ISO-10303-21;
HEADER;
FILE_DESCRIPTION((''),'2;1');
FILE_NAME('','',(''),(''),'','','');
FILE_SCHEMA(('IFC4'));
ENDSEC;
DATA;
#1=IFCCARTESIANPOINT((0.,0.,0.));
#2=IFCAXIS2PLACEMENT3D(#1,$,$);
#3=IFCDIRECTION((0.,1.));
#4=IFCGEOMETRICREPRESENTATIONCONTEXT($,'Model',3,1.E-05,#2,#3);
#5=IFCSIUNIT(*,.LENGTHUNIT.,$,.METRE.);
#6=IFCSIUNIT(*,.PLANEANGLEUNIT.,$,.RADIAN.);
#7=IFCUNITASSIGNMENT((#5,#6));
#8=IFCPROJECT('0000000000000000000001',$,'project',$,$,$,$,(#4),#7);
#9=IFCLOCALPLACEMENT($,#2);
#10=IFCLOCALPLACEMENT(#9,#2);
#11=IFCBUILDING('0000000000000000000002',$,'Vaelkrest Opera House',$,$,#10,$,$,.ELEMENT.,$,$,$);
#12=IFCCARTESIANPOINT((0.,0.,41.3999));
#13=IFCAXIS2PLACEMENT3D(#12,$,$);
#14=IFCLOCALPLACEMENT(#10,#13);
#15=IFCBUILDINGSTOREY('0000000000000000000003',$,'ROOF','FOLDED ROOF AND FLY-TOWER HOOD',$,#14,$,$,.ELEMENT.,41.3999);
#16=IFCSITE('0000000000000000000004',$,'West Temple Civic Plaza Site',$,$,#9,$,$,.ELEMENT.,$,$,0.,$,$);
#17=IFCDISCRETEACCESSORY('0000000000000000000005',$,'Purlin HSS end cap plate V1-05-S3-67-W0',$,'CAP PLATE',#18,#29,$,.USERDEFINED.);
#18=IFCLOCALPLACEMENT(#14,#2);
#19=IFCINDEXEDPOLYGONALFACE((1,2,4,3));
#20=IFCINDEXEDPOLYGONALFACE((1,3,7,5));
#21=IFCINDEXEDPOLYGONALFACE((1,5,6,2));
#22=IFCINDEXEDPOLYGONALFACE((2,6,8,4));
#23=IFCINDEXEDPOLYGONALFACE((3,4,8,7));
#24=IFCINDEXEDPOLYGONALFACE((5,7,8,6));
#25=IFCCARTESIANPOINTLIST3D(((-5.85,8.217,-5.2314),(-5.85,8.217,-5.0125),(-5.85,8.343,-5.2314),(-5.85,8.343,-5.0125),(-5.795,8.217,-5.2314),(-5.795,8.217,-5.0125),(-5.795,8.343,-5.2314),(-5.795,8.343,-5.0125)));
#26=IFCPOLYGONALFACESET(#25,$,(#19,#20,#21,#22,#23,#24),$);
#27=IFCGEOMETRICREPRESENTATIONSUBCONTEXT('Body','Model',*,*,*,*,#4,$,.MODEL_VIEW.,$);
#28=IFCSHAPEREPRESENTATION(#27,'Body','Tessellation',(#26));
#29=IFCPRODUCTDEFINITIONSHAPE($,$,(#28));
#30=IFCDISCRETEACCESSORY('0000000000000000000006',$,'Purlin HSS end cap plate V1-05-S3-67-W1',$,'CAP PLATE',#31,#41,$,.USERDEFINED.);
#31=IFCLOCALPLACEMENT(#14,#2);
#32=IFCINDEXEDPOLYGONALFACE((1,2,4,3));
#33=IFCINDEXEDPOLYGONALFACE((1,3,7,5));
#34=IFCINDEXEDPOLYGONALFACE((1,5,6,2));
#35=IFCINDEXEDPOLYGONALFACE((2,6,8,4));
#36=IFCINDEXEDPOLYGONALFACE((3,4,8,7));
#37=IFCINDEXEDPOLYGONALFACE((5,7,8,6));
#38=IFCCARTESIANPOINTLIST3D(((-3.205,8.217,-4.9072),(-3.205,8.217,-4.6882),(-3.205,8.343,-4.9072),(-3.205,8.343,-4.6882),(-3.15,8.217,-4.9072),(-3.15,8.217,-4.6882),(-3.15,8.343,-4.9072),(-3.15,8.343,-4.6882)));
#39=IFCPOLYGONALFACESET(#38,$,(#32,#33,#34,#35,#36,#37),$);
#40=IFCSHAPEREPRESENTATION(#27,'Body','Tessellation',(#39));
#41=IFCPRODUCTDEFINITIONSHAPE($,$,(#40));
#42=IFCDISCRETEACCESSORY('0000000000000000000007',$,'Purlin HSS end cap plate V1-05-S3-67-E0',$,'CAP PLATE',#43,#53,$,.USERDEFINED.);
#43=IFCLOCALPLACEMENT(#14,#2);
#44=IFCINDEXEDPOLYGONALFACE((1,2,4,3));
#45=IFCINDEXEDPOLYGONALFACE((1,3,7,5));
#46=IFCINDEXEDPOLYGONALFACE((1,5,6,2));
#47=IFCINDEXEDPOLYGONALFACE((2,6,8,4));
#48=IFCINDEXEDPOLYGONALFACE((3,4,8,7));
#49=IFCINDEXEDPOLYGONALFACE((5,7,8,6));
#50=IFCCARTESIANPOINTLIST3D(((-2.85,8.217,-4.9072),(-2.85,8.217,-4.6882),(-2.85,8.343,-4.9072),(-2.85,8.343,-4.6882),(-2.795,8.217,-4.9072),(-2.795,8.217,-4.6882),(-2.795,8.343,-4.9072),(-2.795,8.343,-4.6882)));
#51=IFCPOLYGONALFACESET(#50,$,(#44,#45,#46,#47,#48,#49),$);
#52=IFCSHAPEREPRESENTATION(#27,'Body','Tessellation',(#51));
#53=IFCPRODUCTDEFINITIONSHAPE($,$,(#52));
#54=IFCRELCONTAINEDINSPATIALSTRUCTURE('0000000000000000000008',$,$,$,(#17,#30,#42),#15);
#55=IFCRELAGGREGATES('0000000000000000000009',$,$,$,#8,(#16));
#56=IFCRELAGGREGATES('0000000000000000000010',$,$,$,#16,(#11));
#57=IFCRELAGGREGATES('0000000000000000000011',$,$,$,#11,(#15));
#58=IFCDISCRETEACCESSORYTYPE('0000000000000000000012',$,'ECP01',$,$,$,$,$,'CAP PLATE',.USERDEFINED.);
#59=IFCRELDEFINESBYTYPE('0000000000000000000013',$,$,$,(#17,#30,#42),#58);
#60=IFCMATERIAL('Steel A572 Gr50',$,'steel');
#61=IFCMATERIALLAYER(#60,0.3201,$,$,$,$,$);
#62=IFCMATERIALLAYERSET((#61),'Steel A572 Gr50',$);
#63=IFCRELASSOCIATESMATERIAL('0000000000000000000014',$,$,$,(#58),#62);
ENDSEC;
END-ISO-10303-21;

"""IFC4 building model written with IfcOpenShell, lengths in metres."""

from ifc_helpers import new_model, si_unit, direction, frame, origin, origin_2d, place, context, subcontext, project, spatial, rectangle, extrude, material, layer, layer_set, type_object, element, save


model = new_model("IFC4")

# Units and contexts
model_context = context("Model", 3, precision=1e-05, world=origin(), true_north=direction((0.0, 1.0)))
body_context = subcontext(model_context, "Body", "Model", "MODEL_VIEW")
ifc_project = project(units=[si_unit("LENGTHUNIT", "METRE"), si_unit("PLANEANGLEUNIT", "RADIAN")], contexts=[model_context])

# Site, building, storey
site_placement = place(None, origin())
site = spatial("IfcSite", under=ifc_project, at=site_placement, Name="West Temple Civic Plaza Site", CompositionType="ELEMENT", RefElevation=0.0)
building_placement = place(site_placement, origin())
building = spatial("IfcBuilding", under=site, at=building_placement, Name="Vaelkrest Opera House", CompositionType="ELEMENT")
storey_placement = place(building_placement, frame((0.0, 0.0, 41.3999)))
storey = spatial("IfcBuildingStorey", under=building, at=storey_placement, Name="ROOF", Description="FOLDED ROOF AND FLY-TOWER HOOD", CompositionType="ELEMENT", Elevation=41.3999)

# Shared definitions
ifc_material_1 = material(Name="Steel A572 Gr50", Category="steel")

# Discrete accessories
ifc_layer_1 = layer(ifc_material_1, 0.3201)
ifc_layer_set_1 = layer_set([ifc_layer_1], Name="Steel A572 Gr50")
discrete_accessory_type = type_object("IfcDiscreteAccessoryType", Name="ECP01", ElementType="CAP PLATE", PredefinedType="USERDEFINED", material=ifc_layer_set_1)
for number, where, z_axis, x_axis, name in (
    (1, (-5.8225, 8.28, -5.2314), (0.0, 0.0, 1.0), (1.0, 0.0, 0.0), "Purlin HSS end cap plate V1-05-S3-67-W0"),
    (2, (-3.1775, 8.28, -4.9072), (0.0, 0.0, 1.0), (1.0, 0.0, 0.0), "Purlin HSS end cap plate V1-05-S3-67-W1"),
    (3, (-2.8225, 8.28, -4.9072), (0.0, 0.0, 1.0), (1.0, 0.0, 0.0), "Purlin HSS end cap plate V1-05-S3-67-E0"),
):
    element("IfcDiscreteAccessory", number, at=place(storey_placement, frame(where, z_axis=z_axis, x_axis=x_axis)), inside=storey, type_object=discrete_accessory_type, Name=name, ObjectType="CAP PLATE", PredefinedType="USERDEFINED", context=body_context, shape_type="SweptSolid", body=[
        extrude(rectangle(XDim=0.0549, YDim=0.126, at=origin_2d()), origin(), (0.0, 0.0, 1.0), 0.219),
    ])

save(model, "model.ifc")
